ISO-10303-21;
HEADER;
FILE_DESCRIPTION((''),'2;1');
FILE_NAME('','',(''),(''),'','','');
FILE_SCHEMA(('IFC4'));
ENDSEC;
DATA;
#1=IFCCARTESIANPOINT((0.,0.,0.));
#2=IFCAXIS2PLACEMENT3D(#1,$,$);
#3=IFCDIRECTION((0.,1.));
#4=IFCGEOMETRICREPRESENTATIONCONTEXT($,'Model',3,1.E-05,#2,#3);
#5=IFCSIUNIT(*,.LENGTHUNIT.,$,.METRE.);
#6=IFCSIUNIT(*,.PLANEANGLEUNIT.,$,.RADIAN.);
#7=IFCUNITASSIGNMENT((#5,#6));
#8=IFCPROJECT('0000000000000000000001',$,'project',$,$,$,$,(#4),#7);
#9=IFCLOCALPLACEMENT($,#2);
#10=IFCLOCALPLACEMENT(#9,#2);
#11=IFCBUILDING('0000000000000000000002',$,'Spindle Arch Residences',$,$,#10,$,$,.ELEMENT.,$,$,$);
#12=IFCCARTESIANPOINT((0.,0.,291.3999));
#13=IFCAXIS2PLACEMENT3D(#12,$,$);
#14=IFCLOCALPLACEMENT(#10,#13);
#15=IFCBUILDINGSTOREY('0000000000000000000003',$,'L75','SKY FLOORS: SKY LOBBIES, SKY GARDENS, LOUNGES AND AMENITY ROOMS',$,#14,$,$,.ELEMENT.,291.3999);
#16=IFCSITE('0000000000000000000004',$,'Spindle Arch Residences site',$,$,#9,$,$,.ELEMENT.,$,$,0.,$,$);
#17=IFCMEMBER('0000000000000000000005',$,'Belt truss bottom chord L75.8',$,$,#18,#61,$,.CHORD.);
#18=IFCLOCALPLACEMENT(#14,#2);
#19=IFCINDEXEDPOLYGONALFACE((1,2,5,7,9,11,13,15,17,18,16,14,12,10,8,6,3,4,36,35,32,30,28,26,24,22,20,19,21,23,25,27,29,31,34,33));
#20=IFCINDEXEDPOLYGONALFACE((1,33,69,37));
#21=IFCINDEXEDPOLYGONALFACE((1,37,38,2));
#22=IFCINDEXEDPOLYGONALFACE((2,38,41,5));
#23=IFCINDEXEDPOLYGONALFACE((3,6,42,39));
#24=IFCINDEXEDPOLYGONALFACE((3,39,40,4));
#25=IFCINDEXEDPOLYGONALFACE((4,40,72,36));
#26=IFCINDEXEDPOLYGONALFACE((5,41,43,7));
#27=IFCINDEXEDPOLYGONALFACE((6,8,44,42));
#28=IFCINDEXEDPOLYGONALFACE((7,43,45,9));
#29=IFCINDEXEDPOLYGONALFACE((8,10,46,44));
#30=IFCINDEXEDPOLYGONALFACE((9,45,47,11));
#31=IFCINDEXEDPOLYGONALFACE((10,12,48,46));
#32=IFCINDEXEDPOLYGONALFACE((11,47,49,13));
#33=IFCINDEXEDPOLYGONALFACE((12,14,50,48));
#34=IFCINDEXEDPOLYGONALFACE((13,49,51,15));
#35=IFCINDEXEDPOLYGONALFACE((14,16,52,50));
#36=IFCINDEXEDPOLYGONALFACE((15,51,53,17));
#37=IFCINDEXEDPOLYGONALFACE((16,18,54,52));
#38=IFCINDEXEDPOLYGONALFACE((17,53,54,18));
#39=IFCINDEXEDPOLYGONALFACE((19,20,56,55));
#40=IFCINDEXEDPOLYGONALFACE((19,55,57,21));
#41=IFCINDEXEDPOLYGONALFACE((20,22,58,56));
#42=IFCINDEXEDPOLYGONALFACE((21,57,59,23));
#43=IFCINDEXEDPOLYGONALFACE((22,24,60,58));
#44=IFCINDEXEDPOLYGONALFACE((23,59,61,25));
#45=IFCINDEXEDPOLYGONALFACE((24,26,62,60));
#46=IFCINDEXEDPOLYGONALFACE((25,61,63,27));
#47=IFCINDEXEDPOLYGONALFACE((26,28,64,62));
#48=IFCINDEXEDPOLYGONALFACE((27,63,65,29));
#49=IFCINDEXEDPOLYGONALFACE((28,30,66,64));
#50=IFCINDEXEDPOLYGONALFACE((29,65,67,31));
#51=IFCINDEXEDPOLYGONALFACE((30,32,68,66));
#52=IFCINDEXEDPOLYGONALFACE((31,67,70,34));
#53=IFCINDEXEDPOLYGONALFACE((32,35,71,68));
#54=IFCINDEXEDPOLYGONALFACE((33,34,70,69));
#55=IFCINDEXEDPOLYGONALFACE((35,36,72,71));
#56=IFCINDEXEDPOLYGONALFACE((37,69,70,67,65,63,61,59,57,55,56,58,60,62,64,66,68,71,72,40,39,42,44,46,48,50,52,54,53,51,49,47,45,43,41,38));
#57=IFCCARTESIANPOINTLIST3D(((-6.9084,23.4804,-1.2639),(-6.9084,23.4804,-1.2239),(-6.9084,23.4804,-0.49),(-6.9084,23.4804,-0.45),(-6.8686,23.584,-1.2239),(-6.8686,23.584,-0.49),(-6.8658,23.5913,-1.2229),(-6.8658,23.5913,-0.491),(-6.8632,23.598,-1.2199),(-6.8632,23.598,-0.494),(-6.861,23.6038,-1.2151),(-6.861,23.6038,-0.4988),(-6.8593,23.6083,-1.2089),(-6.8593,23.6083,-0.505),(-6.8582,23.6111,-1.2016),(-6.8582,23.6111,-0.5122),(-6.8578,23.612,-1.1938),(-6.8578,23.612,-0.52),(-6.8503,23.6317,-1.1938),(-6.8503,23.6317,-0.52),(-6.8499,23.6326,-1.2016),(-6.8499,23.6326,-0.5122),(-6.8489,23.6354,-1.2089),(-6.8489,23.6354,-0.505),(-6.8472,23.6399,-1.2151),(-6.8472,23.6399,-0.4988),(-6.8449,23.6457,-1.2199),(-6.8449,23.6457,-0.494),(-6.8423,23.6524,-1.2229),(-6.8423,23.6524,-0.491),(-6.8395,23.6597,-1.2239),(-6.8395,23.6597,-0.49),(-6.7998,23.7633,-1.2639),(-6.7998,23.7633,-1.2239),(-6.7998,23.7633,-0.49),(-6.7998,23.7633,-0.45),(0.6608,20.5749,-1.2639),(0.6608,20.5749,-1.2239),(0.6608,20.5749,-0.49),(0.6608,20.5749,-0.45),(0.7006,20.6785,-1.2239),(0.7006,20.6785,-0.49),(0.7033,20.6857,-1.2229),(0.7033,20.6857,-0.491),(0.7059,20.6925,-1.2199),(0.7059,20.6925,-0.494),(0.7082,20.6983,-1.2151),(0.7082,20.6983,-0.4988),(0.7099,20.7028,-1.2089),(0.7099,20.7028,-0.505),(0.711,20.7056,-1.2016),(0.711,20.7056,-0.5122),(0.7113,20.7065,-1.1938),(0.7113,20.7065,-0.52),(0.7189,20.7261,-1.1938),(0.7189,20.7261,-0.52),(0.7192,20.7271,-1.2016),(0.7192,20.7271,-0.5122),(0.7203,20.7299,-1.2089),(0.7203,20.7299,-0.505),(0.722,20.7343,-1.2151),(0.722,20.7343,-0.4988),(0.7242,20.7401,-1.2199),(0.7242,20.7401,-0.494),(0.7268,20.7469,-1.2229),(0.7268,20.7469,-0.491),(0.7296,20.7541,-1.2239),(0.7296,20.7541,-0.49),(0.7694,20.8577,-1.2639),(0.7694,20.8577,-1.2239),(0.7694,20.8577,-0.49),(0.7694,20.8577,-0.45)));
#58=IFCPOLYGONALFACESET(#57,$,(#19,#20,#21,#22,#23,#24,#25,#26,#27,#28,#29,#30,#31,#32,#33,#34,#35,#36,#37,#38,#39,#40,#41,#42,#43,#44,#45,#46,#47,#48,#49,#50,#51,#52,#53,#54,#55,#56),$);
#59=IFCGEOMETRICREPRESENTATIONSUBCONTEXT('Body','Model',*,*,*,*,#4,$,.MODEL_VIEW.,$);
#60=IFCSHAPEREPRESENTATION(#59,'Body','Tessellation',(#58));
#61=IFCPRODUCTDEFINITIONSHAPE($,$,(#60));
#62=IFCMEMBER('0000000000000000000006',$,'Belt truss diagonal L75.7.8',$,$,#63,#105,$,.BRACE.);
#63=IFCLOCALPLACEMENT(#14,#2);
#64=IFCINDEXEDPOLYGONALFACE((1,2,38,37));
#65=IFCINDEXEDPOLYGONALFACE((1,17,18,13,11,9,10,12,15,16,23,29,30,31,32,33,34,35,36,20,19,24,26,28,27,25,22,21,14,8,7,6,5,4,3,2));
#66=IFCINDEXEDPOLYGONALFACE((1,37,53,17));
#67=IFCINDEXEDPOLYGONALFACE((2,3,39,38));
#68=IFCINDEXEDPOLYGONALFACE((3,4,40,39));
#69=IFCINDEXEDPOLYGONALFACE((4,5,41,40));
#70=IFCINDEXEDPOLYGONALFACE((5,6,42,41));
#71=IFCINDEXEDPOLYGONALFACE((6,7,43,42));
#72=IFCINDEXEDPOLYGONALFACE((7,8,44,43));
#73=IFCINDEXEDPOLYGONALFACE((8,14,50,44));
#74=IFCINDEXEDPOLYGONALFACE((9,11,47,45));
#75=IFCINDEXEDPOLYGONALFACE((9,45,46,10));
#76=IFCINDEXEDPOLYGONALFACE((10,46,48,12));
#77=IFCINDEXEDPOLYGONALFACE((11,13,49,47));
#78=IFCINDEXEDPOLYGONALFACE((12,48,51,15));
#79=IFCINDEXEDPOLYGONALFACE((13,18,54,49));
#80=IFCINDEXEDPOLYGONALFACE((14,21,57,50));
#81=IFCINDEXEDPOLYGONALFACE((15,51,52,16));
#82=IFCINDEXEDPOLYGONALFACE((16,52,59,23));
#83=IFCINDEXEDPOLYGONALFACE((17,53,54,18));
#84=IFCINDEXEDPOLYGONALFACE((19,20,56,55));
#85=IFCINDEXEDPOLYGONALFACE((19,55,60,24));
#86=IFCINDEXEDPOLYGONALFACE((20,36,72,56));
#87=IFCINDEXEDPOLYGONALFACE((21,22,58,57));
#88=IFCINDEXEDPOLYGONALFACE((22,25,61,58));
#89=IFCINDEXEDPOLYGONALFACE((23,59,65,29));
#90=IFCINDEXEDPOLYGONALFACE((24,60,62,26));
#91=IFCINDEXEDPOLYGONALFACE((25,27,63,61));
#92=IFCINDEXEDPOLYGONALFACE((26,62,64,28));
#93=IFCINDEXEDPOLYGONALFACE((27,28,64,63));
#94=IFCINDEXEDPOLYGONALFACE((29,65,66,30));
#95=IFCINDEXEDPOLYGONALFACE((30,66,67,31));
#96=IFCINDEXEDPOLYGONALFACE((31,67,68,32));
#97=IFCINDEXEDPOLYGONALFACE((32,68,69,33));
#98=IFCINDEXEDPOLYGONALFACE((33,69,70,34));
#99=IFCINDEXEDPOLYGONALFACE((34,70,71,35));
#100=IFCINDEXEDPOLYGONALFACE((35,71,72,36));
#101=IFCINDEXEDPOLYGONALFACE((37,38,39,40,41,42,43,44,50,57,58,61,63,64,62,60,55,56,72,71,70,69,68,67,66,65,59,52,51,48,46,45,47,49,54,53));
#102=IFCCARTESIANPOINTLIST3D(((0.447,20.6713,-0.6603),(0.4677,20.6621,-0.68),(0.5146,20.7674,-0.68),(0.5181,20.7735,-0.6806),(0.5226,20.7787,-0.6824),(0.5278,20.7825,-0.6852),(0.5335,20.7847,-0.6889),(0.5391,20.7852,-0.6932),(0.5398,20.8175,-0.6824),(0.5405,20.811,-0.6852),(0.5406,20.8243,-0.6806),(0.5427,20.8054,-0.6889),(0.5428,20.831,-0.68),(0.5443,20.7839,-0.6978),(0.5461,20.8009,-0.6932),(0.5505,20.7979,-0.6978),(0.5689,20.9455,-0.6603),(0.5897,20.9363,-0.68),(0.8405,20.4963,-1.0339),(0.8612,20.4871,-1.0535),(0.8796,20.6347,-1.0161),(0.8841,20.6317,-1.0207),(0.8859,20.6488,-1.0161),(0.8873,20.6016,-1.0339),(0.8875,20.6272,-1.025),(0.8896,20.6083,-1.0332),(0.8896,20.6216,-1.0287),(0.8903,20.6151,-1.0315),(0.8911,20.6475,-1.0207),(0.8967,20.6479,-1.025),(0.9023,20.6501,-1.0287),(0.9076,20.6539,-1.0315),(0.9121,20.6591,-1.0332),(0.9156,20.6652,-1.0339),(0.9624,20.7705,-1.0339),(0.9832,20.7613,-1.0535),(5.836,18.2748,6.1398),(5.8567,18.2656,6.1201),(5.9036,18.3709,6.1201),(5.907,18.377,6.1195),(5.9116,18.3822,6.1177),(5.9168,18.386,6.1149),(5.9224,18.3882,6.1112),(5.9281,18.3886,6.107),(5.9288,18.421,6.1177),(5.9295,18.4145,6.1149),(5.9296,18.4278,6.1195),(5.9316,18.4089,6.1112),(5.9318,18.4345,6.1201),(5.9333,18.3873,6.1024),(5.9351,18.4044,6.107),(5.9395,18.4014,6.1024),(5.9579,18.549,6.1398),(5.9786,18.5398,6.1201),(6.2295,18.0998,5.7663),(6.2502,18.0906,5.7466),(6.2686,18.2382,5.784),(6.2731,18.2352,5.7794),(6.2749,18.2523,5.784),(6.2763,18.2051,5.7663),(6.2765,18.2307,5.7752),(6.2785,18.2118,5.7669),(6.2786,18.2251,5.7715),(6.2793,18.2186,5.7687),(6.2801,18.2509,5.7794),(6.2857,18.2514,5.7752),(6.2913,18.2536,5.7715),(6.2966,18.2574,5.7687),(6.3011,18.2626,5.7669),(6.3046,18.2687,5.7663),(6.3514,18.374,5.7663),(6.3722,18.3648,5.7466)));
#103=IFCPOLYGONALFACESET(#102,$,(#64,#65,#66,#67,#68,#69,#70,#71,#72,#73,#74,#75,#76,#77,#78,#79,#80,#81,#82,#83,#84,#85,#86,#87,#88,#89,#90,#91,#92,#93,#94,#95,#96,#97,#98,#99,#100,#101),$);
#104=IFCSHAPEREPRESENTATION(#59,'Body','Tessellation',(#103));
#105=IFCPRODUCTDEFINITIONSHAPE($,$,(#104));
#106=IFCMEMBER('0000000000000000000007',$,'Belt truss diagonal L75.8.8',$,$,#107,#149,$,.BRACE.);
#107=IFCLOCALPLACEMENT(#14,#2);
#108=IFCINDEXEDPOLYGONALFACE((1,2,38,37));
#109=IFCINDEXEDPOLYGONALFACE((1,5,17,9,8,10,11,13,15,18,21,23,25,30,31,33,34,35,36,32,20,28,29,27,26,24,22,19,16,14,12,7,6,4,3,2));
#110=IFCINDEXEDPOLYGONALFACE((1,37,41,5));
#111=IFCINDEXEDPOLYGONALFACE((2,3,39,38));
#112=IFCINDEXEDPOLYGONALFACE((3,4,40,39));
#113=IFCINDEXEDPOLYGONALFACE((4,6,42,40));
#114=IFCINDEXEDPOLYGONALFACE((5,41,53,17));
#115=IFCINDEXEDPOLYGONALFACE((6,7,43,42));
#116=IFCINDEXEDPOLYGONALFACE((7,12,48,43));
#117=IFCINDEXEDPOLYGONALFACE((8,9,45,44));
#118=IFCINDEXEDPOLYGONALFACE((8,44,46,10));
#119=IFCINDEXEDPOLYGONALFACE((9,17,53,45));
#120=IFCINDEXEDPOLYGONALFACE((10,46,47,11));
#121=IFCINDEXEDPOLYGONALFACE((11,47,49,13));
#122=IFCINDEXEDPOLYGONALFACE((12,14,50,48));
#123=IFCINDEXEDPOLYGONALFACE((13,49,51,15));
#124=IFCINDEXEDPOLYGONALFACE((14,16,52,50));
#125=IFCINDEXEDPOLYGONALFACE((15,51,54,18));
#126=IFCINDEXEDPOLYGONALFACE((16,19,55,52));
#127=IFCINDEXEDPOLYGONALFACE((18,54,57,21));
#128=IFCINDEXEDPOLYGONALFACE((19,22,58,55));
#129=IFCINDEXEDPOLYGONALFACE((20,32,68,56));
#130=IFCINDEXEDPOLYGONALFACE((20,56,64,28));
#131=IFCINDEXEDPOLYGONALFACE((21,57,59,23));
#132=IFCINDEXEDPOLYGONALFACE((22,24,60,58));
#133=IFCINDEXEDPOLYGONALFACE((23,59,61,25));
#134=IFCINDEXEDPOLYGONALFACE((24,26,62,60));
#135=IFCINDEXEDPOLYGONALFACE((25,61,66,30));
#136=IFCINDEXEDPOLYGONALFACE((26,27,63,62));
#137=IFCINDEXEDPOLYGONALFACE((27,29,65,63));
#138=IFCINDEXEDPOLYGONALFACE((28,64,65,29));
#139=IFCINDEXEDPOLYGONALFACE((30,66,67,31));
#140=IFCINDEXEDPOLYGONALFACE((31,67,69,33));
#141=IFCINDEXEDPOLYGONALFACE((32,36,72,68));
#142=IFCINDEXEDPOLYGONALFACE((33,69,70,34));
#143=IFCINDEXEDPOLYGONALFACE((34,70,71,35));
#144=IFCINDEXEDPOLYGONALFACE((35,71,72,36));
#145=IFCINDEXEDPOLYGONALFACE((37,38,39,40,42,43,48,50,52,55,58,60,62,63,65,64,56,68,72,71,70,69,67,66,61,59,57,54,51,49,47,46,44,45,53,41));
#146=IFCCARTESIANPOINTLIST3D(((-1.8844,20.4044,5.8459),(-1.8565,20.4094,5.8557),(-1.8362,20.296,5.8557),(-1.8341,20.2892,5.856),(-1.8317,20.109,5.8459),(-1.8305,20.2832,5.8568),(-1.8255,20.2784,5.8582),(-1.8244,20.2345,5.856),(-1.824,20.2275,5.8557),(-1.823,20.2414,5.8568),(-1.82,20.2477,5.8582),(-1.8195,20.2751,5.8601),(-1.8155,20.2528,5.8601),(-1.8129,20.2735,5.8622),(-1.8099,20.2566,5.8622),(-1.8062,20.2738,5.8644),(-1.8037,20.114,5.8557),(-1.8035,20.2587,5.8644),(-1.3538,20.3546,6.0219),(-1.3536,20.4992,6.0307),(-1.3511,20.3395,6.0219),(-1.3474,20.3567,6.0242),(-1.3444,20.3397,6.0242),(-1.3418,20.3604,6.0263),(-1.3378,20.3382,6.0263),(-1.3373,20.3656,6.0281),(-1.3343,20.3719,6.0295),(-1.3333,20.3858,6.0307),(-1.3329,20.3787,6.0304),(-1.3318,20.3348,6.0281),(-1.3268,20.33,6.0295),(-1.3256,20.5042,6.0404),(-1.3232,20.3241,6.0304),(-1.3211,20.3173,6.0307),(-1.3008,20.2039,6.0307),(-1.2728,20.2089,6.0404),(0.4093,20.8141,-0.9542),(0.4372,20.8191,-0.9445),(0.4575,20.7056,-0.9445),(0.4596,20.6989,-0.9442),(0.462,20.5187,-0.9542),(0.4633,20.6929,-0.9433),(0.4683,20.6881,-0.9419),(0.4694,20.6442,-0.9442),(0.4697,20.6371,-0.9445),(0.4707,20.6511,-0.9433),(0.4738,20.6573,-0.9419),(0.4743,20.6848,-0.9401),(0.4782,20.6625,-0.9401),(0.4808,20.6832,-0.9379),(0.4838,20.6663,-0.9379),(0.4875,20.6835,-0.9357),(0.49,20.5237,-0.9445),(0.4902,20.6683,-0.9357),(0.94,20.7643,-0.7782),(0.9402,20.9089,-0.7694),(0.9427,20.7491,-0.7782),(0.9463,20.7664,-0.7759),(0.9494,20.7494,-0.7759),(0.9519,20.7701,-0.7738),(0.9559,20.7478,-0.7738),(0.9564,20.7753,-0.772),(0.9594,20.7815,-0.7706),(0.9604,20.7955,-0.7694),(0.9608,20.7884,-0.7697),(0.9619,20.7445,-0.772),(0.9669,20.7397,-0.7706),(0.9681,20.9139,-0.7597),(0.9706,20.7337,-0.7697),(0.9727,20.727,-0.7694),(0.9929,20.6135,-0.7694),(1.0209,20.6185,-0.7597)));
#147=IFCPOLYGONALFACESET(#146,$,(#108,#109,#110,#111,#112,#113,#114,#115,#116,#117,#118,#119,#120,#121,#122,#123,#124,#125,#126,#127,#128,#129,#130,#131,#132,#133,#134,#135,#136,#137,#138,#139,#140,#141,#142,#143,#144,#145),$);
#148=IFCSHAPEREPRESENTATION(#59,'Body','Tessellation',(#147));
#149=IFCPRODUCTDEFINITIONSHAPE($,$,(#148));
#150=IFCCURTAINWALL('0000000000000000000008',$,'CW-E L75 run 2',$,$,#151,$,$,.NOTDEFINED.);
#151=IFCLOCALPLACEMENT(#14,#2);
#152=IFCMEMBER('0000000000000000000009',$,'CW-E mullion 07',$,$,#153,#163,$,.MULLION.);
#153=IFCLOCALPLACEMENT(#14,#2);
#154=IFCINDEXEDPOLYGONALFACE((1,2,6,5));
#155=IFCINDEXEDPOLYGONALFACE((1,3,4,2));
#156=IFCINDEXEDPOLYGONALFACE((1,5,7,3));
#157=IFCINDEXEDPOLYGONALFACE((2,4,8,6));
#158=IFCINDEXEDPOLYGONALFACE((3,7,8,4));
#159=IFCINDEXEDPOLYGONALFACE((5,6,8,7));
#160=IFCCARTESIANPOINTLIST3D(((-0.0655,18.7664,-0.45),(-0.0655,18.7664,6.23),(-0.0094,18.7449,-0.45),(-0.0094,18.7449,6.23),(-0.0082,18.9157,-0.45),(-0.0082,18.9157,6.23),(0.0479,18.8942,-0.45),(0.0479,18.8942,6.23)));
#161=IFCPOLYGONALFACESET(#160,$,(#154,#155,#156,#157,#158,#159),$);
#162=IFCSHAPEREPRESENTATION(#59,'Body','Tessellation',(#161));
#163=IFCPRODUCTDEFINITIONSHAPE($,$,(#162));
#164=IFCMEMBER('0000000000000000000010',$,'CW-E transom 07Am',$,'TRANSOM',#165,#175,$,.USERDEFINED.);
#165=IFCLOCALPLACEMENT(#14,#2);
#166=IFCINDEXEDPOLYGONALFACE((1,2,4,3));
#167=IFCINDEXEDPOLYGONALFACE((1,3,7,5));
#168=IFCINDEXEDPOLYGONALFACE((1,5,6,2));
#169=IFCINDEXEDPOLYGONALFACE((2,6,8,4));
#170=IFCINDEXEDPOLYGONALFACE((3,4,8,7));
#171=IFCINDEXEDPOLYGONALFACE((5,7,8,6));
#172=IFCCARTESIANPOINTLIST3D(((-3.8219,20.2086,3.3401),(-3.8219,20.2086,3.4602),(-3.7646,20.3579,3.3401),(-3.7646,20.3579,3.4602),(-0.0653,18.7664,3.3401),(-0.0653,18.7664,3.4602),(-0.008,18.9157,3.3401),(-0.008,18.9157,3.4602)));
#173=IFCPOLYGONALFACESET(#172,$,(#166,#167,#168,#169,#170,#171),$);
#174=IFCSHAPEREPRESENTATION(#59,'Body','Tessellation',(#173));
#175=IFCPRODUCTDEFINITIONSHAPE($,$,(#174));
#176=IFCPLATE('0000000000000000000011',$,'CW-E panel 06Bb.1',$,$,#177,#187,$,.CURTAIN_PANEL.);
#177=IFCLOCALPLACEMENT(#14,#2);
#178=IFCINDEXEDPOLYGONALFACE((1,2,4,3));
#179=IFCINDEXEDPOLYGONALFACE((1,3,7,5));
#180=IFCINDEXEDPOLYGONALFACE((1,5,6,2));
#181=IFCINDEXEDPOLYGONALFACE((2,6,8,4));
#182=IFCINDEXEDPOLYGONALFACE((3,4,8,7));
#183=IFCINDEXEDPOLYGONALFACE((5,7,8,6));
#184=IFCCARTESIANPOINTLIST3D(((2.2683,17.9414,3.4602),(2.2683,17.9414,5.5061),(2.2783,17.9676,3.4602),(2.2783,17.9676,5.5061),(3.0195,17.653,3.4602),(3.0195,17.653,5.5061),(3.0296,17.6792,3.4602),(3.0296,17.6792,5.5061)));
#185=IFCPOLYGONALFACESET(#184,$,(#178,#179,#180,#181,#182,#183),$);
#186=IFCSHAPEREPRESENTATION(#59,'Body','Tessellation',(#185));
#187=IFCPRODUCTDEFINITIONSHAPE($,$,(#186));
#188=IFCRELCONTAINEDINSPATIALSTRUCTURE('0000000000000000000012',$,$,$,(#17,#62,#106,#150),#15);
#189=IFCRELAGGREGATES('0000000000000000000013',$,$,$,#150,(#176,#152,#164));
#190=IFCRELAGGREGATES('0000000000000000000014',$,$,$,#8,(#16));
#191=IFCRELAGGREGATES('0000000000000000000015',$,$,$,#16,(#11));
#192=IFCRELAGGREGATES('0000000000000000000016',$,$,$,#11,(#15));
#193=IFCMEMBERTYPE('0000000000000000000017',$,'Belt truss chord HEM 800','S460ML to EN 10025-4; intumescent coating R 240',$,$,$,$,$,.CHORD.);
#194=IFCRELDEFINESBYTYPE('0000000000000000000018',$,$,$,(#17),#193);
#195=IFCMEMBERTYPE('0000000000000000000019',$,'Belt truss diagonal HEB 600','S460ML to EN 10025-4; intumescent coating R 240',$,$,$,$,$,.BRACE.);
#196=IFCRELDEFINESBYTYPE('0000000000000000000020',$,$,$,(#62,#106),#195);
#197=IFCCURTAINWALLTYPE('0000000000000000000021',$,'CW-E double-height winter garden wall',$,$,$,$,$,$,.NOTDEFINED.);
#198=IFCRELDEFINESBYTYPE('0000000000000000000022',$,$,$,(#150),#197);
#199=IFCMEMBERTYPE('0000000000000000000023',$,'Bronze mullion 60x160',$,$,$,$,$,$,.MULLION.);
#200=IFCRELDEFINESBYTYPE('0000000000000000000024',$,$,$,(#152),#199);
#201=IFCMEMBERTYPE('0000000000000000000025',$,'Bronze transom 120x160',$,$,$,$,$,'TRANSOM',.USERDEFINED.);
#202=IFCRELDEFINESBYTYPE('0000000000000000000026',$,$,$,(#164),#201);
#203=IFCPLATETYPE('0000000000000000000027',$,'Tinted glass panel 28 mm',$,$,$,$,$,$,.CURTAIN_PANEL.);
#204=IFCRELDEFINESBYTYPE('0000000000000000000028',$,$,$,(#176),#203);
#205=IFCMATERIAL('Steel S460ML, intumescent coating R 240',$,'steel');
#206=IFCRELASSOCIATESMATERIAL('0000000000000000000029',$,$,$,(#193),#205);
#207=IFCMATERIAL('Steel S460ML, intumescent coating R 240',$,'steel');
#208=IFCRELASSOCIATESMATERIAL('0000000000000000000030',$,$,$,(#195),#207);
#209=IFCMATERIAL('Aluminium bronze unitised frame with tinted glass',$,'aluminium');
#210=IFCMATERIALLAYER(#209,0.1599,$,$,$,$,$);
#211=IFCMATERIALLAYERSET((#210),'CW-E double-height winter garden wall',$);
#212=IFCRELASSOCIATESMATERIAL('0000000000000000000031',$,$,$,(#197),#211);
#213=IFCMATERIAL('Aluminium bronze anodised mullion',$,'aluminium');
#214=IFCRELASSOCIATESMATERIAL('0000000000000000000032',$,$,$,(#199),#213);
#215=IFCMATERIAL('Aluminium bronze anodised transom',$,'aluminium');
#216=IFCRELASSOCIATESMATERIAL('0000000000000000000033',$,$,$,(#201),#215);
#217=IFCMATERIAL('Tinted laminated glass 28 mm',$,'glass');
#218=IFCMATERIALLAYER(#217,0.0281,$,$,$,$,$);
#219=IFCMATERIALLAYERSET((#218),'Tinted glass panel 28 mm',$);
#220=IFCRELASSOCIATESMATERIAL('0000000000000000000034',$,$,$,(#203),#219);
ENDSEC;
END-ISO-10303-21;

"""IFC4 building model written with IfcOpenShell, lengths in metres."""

from ifc_helpers import new_model, si_unit, direction, frame, origin, origin_2d, place, context, subcontext, project, spatial, rectangle, i_section, extrude, material, layer, layer_set, material_profile, profile_set, type_object, element, aggregate, save


model = new_model("IFC4")

# Units and contexts
model_context = context("Model", 3, precision=1e-05, world=origin(), true_north=direction((0.0, 1.0)))
body_context = subcontext(model_context, "Body", "Model", "MODEL_VIEW")
ifc_project = project(units=[si_unit("LENGTHUNIT", "METRE"), si_unit("PLANEANGLEUNIT", "RADIAN")], contexts=[model_context])

# Site, building, storey
site_placement = place(None, origin())
site = spatial("IfcSite", under=ifc_project, at=site_placement, Name="Spindle Arch Residences site", CompositionType="ELEMENT", RefElevation=0.0)
building_placement = place(site_placement, origin())
building = spatial("IfcBuilding", under=site, at=building_placement, Name="Spindle Arch Residences", CompositionType="ELEMENT")
storey_placement = place(building_placement, frame((0.0, 0.0, 291.3999)))
storey = spatial("IfcBuildingStorey", under=building, at=storey_placement, Name="L75", Description="SKY FLOORS: SKY LOBBIES, SKY GARDENS, LOUNGES AND AMENITY ROOMS", CompositionType="ELEMENT", Elevation=291.3999)

# Members
ifc_material_1 = material(Name="Steel S460ML, intumescent coating R 240", Category="steel")
ifc_material_profile_1 = material_profile(ifc_material_1, i_section(OverallWidth=0.303, OverallDepth=0.814, WebThickness=0.021, FlangeThickness=0.04, FilletRadius=0.03, at=origin_2d()), Name="HEM 800")
ifc_profile_set_1 = profile_set([ifc_material_profile_1], Name="Steel S460ML, intumescent coating R 240")
member_type_1 = type_object("IfcMemberType", Name="Belt truss chord HEM 800", Description="S460ML to EN 10025-4; intumescent coating R 240", PredefinedType="CHORD", material=ifc_profile_set_1)
member_1_placement = place(storey_placement, frame((0.7151, 20.7163, -0.8569), z_axis=(-0.93358, 0.35837, 0.0), x_axis=(-0.35837, -0.93358, 0.0)))
element("IfcMember", 1, at=member_1_placement, inside=storey, type_object=member_type_1, Name="Belt truss bottom chord L75.8", PredefinedType="CHORD", context=body_context, shape_type="SweptSolid", body=[
    extrude(i_section(OverallWidth=0.303, OverallDepth=0.814, WebThickness=0.021, FlangeThickness=0.04, FilletRadius=0.03, at=origin_2d()), origin(), (0.0, 0.0, 1.0), 8.1077),
])
ifc_material_2 = material(Name="Steel S460ML, intumescent coating R 240", Category="steel")
ifc_material_profile_2 = material_profile(ifc_material_2, i_section(OverallWidth=0.3, OverallDepth=0.6001, WebThickness=0.0154, FlangeThickness=0.03, FilletRadius=0.0271, at=origin_2d()), Name="HEB 600")
ifc_profile_set_2 = profile_set([ifc_material_profile_2], Name="Steel S460ML, intumescent coating R 240")
member_type_2 = type_object("IfcMemberType", Name="Belt truss diagonal HEB 600", Description="S460ML to EN 10025-4; intumescent coating R 240", PredefinedType="BRACE", material=ifc_profile_set_2)
member_2_placement = place(storey_placement, frame((0.7151, 20.7163, -0.8569), z_axis=(0.598679, -0.266236, 0.755448), x_axis=(0.406338, 0.913723, 0.0)))
element("IfcMember", 2, at=member_2_placement, inside=storey, type_object=member_type_2, Name="Belt truss diagonal L75.7.8", PredefinedType="BRACE", context=body_context, shape_type="SweptSolid", body=[
    extrude(i_section(OverallWidth=0.3, OverallDepth=0.6001, WebThickness=0.0154, FlangeThickness=0.03, FilletRadius=0.0271, at=origin_2d()), origin(), (0.0, 0.0, 1.0), 9.0015),
])
member_3_placement = place(storey_placement, frame((0.7151, 20.7163, -0.8569), z_axis=(-0.319095, -0.056992, 0.946008), x_axis=(0.175823, -0.984422, 0.0)))
element("IfcMember", 3, at=member_3_placement, inside=storey, type_object=member_type_2, Name="Belt truss diagonal L75.8.8", PredefinedType="BRACE", context=body_context, shape_type="SweptSolid", body=[
    extrude(i_section(OverallWidth=0.3, OverallDepth=0.6001, WebThickness=0.0154, FlangeThickness=0.03, FilletRadius=0.0271, at=origin_2d()), origin(), (0.0, 0.0, 1.0), 7.1882),
])

# Curtain wall, members, plate
ifc_material_3 = material(Name="Aluminium bronze unitised frame with tinted glass", Category="aluminium")
ifc_layer_1 = layer(ifc_material_3, 0.1599)
ifc_layer_set_1 = layer_set([ifc_layer_1], Name="CW-E double-height winter garden wall")
curtain_wall_type = type_object("IfcCurtainWallType", Name="CW-E double-height winter garden wall", PredefinedType="NOTDEFINED", material=ifc_layer_set_1)
curtain_wall_placement = place(storey_placement, origin())
curtain_wall = element("IfcCurtainWall", 4, at=curtain_wall_placement, inside=storey, type_object=curtain_wall_type, Name="CW-E L75 run 2", PredefinedType="NOTDEFINED")
ifc_material_4 = material(Name="Aluminium bronze anodised mullion", Category="aluminium")
ifc_material_profile_3 = material_profile(ifc_material_4, rectangle(XDim=0.1599, YDim=0.0601, at=origin_2d()), Name="MU 60x160")
ifc_profile_set_3 = profile_set([ifc_material_profile_3], Name="Aluminium bronze anodised mullion")
member_type_3 = type_object("IfcMemberType", Name="Bronze mullion 60x160", PredefinedType="MULLION", material=ifc_profile_set_3)
member_4_placement = place(storey_placement, frame((-0.0088, 18.8303, -0.45), z_axis=(0.0, 0.0, 1.0), x_axis=(-0.358368, -0.93358, 0.0)))
member_4 = element("IfcMember", 5, at=member_4_placement, type_object=member_type_3, Name="CW-E mullion 07", PredefinedType="MULLION", context=body_context, shape_type="SweptSolid", body=[
    extrude(rectangle(XDim=0.1599, YDim=0.0601, at=origin_2d()), origin(), (0.0, 0.0, 1.0), 6.6799),
])
ifc_material_5 = material(Name="Aluminium bronze anodised transom", Category="aluminium")
ifc_material_profile_4 = material_profile(ifc_material_5, rectangle(XDim=0.1599, YDim=0.1201, at=origin_2d()), Name="TR 120x160")
ifc_profile_set_4 = profile_set([ifc_material_profile_4], Name="Aluminium bronze anodised transom")
member_type_4 = type_object("IfcMemberType", Name="Bronze transom 120x160", ElementType="TRANSOM", PredefinedType="USERDEFINED", material=ifc_profile_set_4)
member_5_placement = place(storey_placement, frame((-0.0366, 18.8411, 3.4001), z_axis=(-0.933571, 0.358394, 0.0), x_axis=(-0.358394, -0.933571, 0.0)))
member_5 = element("IfcMember", 6, at=member_5_placement, type_object=member_type_4, Name="CW-E transom 07Am", ObjectType="TRANSOM", PredefinedType="USERDEFINED", context=body_context, shape_type="SweptSolid", body=[
    extrude(rectangle(XDim=0.1599, YDim=0.1201, at=origin_2d()), origin(), (0.0, 0.0, 1.0), 4.0239),
])
ifc_material_6 = material(Name="Tinted laminated glass 28 mm", Category="glass")
ifc_layer_2 = layer(ifc_material_6, 0.0281)
ifc_layer_set_2 = layer_set([ifc_layer_2], Name="Tinted glass panel 28 mm")
plate_type_1 = type_object("IfcPlateType", Name="Tinted glass panel 28 mm", PredefinedType="CURTAIN_PANEL", material=ifc_layer_set_2)
plate_1_placement = place(storey_placement, frame((2.6489, 17.8103, 3.4602), z_axis=(0.0, 0.0, 1.0), x_axis=(-0.93358, 0.358368, 0.0)))
plate_1 = element("IfcPlate", 7, at=plate_1_placement, type_object=plate_type_1, Name="CW-E panel 06Bb.1", PredefinedType="CURTAIN_PANEL", context=body_context, shape_type="SweptSolid", body=[
    extrude(rectangle(XDim=0.8047, YDim=0.0281, at=origin_2d()), origin(), (0.0, 0.0, 1.0), 2.0459),
])
aggregate(curtain_wall, [plate_1, member_4, member_5])

save(model, "model.ifc")
